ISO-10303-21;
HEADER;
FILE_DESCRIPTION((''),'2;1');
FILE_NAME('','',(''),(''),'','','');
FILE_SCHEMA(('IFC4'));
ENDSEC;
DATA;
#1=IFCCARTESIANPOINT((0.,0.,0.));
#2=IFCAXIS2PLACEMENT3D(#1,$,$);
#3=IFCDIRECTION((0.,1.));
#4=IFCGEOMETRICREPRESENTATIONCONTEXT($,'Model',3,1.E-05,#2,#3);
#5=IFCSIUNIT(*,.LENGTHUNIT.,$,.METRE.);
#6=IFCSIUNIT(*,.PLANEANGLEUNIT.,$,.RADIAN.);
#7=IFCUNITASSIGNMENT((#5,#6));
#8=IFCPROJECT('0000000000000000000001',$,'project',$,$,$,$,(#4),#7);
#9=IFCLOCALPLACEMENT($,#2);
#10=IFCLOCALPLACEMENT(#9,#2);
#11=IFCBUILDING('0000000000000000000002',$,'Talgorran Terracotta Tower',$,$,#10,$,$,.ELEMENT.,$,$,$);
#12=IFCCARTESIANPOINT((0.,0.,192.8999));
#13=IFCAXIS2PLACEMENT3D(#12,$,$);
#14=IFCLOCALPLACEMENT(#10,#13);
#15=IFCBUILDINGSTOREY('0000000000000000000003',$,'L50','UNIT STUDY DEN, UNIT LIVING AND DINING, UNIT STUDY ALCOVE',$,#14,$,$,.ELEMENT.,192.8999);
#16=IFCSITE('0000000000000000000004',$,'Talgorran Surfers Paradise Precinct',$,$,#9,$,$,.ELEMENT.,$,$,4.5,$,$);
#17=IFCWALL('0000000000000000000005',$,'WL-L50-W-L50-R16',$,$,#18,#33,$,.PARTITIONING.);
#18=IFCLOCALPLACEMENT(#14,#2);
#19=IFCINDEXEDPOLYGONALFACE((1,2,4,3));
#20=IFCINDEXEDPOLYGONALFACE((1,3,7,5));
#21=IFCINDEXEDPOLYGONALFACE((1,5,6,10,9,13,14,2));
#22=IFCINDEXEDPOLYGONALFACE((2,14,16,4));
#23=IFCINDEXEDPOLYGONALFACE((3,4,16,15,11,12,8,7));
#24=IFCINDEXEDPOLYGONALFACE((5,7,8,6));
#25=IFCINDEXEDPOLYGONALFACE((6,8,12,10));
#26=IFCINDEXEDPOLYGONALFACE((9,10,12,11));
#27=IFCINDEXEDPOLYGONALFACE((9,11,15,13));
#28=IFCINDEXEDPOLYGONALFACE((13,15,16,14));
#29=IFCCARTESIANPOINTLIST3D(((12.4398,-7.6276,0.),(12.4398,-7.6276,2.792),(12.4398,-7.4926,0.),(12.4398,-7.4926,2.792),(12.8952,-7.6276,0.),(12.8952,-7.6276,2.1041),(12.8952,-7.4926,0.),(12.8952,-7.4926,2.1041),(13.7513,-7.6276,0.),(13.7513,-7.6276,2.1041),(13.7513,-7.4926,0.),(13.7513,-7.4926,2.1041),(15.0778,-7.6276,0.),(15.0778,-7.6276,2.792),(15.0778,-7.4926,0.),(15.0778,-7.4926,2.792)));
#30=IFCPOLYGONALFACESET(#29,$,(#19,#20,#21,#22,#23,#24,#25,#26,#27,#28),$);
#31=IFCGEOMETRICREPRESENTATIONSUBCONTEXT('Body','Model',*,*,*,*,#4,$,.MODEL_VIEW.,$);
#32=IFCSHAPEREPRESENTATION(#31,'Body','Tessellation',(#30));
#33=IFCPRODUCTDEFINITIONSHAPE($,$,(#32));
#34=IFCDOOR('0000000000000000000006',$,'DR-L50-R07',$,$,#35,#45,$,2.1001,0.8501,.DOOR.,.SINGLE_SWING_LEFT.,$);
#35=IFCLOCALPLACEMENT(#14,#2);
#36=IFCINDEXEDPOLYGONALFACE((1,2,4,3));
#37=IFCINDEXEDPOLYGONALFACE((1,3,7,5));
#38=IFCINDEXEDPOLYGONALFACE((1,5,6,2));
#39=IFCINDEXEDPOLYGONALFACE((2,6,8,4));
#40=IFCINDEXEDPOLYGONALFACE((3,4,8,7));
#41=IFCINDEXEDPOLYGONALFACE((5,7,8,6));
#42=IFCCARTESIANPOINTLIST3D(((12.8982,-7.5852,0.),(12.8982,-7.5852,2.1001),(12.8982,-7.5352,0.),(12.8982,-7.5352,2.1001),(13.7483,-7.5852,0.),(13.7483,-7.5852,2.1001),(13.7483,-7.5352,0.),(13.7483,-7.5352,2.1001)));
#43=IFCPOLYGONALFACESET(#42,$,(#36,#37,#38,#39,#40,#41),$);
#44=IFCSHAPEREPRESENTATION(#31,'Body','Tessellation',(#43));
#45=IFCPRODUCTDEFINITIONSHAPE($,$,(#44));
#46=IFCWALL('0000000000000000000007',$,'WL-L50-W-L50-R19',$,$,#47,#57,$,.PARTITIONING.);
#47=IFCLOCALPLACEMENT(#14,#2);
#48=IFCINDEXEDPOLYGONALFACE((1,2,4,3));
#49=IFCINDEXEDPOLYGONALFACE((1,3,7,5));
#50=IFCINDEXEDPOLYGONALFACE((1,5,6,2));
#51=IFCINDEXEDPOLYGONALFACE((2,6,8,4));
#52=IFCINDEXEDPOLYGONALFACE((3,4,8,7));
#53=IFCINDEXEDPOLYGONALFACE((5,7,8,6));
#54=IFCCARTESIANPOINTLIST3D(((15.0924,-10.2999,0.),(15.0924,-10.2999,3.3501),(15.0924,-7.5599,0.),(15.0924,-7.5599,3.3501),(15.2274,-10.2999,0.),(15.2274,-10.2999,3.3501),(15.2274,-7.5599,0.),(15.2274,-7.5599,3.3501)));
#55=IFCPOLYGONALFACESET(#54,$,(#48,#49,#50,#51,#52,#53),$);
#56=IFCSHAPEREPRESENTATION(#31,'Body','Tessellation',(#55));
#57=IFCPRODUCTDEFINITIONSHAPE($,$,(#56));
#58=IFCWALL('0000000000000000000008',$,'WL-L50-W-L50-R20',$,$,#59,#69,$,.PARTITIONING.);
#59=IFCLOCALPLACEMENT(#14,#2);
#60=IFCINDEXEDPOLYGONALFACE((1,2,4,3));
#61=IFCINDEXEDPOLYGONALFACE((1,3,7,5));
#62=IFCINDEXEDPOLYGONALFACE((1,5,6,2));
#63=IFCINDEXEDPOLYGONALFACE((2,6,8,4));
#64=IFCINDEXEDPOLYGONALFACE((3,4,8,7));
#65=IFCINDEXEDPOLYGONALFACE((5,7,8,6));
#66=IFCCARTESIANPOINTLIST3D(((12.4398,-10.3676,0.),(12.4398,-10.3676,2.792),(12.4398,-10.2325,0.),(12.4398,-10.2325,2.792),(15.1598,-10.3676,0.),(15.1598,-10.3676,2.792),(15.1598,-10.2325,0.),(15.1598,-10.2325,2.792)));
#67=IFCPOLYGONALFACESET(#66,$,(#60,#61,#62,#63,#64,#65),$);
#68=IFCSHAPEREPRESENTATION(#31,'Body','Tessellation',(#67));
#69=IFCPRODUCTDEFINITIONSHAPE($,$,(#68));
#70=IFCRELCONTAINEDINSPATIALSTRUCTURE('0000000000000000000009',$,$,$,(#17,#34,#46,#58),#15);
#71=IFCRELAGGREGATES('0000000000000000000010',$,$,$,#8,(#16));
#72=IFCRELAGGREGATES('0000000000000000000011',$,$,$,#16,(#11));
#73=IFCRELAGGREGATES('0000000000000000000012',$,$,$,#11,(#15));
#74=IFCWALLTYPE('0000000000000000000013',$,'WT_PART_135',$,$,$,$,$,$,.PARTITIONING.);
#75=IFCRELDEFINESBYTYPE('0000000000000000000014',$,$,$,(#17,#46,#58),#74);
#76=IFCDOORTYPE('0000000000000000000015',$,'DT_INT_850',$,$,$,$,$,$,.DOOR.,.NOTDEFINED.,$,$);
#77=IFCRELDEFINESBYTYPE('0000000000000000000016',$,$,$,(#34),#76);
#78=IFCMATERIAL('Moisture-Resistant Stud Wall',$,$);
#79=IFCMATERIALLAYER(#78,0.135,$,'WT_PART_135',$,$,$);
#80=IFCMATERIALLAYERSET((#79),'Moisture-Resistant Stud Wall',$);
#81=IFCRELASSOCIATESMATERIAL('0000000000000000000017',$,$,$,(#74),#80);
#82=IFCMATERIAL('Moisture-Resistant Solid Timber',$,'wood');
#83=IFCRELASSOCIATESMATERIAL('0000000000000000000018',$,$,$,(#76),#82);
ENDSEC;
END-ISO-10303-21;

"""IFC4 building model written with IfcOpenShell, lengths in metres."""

from ifc_helpers import new_model, si_unit, direction, frame, frame_2d, origin, place, context, subcontext, project, spatial, rectangle, extrude, material, layer, layer_set, type_object, element, fill, save


model = new_model("IFC4")

# Units and contexts
model_context = context("Model", 3, precision=1e-05, world=origin(), true_north=direction((0.0, 1.0)))
body_context = subcontext(model_context, "Body", "Model", "MODEL_VIEW")
ifc_project = project(units=[si_unit("LENGTHUNIT", "METRE"), si_unit("PLANEANGLEUNIT", "RADIAN")], contexts=[model_context])

# Site, building, storey
site_placement = place(None, origin())
site = spatial("IfcSite", under=ifc_project, at=site_placement, Name="Talgorran Surfers Paradise Precinct", CompositionType="ELEMENT", RefElevation=4.5)
building_placement = place(site_placement, origin())
building = spatial("IfcBuilding", under=site, at=building_placement, Name="Talgorran Terracotta Tower", CompositionType="ELEMENT")
storey_placement = place(building_placement, frame((0.0, 0.0, 192.8999)))
storey = spatial("IfcBuildingStorey", under=building, at=storey_placement, Name="L50", Description="UNIT STUDY DEN, UNIT LIVING AND DINING, UNIT STUDY ALCOVE", CompositionType="ELEMENT", Elevation=192.8999)

# Wall, opening, door
ifc_material_1 = material(Name="Moisture-Resistant Stud Wall")
ifc_layer_1 = layer(ifc_material_1, 0.135, Name="WT_PART_135")
ifc_layer_set_1 = layer_set([ifc_layer_1], Name="Moisture-Resistant Stud Wall")
wall_type_1 = type_object("IfcWallType", Name="WT_PART_135", PredefinedType="PARTITIONING", material=ifc_layer_set_1)
wall_1_placement = place(storey_placement, frame((12.4399, -7.5601, 0.0), z_axis=(0.0, 0.0, 1.0), x_axis=(1.0, 0.0, 0.0)))
wall_1 = element("IfcWall", 1, at=wall_1_placement, inside=storey, type_object=wall_type_1, Name="WL-L50-W-L50-R16", PredefinedType="PARTITIONING", context=body_context, shape_type="SweptSolid", body=[
    extrude(rectangle(XDim=2.6379, YDim=0.135, at=frame_2d((1.3188, 0.0))), origin(), (0.0, 0.0, 1.0), 2.792),
])
opening_1_placement = place(wall_1_placement, frame((0.4583, 0.0, 0.0)))
opening_1 = element("IfcOpeningElement", 2, at=opening_1_placement, cuts=wall_1, PredefinedType="OPENING", context=body_context, shape_type="SweptSolid", body=[
    extrude(rectangle(XDim=0.8561, YDim=2.1041, at=frame_2d((0.425, 1.052))), frame((0.0, 0.0776, 0.0), z_axis=(0.0, -1.0, 0.0), x_axis=(1.0, 0.0, 0.0)), (0.0, 0.0, 1.0), 0.155),
])
ifc_material_2 = material(Name="Moisture-Resistant Solid Timber", Category="wood")
door_type_1 = type_object("IfcDoorType", Name="DT_INT_850", OperationType="NOTDEFINED", PredefinedType="DOOR", material=ifc_material_2)
door_1_placement = place(opening_1_placement, origin())
door_1 = element("IfcDoor", 3, at=door_1_placement, inside=storey, type_object=door_type_1, Name="DR-L50-R07", OperationType="SINGLE_SWING_LEFT", OverallHeight=2.1001, OverallWidth=0.8501, PredefinedType="DOOR", context=body_context, shape_type="SweptSolid", body=[
    extrude(rectangle(XDim=0.8501, YDim=2.1001, at=frame_2d((0.425, 1.05))), frame((0.0, 0.0249, 0.0), z_axis=(0.0, -1.0, 0.0), x_axis=(1.0, 0.0, 0.0)), (0.0, 0.0, 1.0), 0.05),
])
fill(opening_1, door_1)

# Walls
wall_2_placement = place(storey_placement, frame((15.1599, -10.3, 0.0), z_axis=(0.0, 0.0, 1.0), x_axis=(0.0, 1.0, 0.0)))
element("IfcWall", 4, at=wall_2_placement, inside=storey, type_object=wall_type_1, Name="WL-L50-W-L50-R19", PredefinedType="PARTITIONING", context=body_context, shape_type="SweptSolid", body=[
    extrude(rectangle(XDim=2.74, YDim=0.135, at=frame_2d((1.3701, 0.0))), origin(), (0.0, 0.0, 1.0), 3.3501),
])
wall_3_placement = place(storey_placement, frame((12.4399, -10.3, 0.0), z_axis=(0.0, 0.0, 1.0), x_axis=(1.0, 0.0, 0.0)))
element("IfcWall", 5, at=wall_3_placement, inside=storey, type_object=wall_type_1, Name="WL-L50-W-L50-R20", PredefinedType="PARTITIONING", context=body_context, shape_type="SweptSolid", body=[
    extrude(rectangle(XDim=2.72, YDim=0.135, at=frame_2d((1.3599, 0.0))), origin(), (0.0, 0.0, 1.0), 2.792),
])

save(model, "model.ifc")
